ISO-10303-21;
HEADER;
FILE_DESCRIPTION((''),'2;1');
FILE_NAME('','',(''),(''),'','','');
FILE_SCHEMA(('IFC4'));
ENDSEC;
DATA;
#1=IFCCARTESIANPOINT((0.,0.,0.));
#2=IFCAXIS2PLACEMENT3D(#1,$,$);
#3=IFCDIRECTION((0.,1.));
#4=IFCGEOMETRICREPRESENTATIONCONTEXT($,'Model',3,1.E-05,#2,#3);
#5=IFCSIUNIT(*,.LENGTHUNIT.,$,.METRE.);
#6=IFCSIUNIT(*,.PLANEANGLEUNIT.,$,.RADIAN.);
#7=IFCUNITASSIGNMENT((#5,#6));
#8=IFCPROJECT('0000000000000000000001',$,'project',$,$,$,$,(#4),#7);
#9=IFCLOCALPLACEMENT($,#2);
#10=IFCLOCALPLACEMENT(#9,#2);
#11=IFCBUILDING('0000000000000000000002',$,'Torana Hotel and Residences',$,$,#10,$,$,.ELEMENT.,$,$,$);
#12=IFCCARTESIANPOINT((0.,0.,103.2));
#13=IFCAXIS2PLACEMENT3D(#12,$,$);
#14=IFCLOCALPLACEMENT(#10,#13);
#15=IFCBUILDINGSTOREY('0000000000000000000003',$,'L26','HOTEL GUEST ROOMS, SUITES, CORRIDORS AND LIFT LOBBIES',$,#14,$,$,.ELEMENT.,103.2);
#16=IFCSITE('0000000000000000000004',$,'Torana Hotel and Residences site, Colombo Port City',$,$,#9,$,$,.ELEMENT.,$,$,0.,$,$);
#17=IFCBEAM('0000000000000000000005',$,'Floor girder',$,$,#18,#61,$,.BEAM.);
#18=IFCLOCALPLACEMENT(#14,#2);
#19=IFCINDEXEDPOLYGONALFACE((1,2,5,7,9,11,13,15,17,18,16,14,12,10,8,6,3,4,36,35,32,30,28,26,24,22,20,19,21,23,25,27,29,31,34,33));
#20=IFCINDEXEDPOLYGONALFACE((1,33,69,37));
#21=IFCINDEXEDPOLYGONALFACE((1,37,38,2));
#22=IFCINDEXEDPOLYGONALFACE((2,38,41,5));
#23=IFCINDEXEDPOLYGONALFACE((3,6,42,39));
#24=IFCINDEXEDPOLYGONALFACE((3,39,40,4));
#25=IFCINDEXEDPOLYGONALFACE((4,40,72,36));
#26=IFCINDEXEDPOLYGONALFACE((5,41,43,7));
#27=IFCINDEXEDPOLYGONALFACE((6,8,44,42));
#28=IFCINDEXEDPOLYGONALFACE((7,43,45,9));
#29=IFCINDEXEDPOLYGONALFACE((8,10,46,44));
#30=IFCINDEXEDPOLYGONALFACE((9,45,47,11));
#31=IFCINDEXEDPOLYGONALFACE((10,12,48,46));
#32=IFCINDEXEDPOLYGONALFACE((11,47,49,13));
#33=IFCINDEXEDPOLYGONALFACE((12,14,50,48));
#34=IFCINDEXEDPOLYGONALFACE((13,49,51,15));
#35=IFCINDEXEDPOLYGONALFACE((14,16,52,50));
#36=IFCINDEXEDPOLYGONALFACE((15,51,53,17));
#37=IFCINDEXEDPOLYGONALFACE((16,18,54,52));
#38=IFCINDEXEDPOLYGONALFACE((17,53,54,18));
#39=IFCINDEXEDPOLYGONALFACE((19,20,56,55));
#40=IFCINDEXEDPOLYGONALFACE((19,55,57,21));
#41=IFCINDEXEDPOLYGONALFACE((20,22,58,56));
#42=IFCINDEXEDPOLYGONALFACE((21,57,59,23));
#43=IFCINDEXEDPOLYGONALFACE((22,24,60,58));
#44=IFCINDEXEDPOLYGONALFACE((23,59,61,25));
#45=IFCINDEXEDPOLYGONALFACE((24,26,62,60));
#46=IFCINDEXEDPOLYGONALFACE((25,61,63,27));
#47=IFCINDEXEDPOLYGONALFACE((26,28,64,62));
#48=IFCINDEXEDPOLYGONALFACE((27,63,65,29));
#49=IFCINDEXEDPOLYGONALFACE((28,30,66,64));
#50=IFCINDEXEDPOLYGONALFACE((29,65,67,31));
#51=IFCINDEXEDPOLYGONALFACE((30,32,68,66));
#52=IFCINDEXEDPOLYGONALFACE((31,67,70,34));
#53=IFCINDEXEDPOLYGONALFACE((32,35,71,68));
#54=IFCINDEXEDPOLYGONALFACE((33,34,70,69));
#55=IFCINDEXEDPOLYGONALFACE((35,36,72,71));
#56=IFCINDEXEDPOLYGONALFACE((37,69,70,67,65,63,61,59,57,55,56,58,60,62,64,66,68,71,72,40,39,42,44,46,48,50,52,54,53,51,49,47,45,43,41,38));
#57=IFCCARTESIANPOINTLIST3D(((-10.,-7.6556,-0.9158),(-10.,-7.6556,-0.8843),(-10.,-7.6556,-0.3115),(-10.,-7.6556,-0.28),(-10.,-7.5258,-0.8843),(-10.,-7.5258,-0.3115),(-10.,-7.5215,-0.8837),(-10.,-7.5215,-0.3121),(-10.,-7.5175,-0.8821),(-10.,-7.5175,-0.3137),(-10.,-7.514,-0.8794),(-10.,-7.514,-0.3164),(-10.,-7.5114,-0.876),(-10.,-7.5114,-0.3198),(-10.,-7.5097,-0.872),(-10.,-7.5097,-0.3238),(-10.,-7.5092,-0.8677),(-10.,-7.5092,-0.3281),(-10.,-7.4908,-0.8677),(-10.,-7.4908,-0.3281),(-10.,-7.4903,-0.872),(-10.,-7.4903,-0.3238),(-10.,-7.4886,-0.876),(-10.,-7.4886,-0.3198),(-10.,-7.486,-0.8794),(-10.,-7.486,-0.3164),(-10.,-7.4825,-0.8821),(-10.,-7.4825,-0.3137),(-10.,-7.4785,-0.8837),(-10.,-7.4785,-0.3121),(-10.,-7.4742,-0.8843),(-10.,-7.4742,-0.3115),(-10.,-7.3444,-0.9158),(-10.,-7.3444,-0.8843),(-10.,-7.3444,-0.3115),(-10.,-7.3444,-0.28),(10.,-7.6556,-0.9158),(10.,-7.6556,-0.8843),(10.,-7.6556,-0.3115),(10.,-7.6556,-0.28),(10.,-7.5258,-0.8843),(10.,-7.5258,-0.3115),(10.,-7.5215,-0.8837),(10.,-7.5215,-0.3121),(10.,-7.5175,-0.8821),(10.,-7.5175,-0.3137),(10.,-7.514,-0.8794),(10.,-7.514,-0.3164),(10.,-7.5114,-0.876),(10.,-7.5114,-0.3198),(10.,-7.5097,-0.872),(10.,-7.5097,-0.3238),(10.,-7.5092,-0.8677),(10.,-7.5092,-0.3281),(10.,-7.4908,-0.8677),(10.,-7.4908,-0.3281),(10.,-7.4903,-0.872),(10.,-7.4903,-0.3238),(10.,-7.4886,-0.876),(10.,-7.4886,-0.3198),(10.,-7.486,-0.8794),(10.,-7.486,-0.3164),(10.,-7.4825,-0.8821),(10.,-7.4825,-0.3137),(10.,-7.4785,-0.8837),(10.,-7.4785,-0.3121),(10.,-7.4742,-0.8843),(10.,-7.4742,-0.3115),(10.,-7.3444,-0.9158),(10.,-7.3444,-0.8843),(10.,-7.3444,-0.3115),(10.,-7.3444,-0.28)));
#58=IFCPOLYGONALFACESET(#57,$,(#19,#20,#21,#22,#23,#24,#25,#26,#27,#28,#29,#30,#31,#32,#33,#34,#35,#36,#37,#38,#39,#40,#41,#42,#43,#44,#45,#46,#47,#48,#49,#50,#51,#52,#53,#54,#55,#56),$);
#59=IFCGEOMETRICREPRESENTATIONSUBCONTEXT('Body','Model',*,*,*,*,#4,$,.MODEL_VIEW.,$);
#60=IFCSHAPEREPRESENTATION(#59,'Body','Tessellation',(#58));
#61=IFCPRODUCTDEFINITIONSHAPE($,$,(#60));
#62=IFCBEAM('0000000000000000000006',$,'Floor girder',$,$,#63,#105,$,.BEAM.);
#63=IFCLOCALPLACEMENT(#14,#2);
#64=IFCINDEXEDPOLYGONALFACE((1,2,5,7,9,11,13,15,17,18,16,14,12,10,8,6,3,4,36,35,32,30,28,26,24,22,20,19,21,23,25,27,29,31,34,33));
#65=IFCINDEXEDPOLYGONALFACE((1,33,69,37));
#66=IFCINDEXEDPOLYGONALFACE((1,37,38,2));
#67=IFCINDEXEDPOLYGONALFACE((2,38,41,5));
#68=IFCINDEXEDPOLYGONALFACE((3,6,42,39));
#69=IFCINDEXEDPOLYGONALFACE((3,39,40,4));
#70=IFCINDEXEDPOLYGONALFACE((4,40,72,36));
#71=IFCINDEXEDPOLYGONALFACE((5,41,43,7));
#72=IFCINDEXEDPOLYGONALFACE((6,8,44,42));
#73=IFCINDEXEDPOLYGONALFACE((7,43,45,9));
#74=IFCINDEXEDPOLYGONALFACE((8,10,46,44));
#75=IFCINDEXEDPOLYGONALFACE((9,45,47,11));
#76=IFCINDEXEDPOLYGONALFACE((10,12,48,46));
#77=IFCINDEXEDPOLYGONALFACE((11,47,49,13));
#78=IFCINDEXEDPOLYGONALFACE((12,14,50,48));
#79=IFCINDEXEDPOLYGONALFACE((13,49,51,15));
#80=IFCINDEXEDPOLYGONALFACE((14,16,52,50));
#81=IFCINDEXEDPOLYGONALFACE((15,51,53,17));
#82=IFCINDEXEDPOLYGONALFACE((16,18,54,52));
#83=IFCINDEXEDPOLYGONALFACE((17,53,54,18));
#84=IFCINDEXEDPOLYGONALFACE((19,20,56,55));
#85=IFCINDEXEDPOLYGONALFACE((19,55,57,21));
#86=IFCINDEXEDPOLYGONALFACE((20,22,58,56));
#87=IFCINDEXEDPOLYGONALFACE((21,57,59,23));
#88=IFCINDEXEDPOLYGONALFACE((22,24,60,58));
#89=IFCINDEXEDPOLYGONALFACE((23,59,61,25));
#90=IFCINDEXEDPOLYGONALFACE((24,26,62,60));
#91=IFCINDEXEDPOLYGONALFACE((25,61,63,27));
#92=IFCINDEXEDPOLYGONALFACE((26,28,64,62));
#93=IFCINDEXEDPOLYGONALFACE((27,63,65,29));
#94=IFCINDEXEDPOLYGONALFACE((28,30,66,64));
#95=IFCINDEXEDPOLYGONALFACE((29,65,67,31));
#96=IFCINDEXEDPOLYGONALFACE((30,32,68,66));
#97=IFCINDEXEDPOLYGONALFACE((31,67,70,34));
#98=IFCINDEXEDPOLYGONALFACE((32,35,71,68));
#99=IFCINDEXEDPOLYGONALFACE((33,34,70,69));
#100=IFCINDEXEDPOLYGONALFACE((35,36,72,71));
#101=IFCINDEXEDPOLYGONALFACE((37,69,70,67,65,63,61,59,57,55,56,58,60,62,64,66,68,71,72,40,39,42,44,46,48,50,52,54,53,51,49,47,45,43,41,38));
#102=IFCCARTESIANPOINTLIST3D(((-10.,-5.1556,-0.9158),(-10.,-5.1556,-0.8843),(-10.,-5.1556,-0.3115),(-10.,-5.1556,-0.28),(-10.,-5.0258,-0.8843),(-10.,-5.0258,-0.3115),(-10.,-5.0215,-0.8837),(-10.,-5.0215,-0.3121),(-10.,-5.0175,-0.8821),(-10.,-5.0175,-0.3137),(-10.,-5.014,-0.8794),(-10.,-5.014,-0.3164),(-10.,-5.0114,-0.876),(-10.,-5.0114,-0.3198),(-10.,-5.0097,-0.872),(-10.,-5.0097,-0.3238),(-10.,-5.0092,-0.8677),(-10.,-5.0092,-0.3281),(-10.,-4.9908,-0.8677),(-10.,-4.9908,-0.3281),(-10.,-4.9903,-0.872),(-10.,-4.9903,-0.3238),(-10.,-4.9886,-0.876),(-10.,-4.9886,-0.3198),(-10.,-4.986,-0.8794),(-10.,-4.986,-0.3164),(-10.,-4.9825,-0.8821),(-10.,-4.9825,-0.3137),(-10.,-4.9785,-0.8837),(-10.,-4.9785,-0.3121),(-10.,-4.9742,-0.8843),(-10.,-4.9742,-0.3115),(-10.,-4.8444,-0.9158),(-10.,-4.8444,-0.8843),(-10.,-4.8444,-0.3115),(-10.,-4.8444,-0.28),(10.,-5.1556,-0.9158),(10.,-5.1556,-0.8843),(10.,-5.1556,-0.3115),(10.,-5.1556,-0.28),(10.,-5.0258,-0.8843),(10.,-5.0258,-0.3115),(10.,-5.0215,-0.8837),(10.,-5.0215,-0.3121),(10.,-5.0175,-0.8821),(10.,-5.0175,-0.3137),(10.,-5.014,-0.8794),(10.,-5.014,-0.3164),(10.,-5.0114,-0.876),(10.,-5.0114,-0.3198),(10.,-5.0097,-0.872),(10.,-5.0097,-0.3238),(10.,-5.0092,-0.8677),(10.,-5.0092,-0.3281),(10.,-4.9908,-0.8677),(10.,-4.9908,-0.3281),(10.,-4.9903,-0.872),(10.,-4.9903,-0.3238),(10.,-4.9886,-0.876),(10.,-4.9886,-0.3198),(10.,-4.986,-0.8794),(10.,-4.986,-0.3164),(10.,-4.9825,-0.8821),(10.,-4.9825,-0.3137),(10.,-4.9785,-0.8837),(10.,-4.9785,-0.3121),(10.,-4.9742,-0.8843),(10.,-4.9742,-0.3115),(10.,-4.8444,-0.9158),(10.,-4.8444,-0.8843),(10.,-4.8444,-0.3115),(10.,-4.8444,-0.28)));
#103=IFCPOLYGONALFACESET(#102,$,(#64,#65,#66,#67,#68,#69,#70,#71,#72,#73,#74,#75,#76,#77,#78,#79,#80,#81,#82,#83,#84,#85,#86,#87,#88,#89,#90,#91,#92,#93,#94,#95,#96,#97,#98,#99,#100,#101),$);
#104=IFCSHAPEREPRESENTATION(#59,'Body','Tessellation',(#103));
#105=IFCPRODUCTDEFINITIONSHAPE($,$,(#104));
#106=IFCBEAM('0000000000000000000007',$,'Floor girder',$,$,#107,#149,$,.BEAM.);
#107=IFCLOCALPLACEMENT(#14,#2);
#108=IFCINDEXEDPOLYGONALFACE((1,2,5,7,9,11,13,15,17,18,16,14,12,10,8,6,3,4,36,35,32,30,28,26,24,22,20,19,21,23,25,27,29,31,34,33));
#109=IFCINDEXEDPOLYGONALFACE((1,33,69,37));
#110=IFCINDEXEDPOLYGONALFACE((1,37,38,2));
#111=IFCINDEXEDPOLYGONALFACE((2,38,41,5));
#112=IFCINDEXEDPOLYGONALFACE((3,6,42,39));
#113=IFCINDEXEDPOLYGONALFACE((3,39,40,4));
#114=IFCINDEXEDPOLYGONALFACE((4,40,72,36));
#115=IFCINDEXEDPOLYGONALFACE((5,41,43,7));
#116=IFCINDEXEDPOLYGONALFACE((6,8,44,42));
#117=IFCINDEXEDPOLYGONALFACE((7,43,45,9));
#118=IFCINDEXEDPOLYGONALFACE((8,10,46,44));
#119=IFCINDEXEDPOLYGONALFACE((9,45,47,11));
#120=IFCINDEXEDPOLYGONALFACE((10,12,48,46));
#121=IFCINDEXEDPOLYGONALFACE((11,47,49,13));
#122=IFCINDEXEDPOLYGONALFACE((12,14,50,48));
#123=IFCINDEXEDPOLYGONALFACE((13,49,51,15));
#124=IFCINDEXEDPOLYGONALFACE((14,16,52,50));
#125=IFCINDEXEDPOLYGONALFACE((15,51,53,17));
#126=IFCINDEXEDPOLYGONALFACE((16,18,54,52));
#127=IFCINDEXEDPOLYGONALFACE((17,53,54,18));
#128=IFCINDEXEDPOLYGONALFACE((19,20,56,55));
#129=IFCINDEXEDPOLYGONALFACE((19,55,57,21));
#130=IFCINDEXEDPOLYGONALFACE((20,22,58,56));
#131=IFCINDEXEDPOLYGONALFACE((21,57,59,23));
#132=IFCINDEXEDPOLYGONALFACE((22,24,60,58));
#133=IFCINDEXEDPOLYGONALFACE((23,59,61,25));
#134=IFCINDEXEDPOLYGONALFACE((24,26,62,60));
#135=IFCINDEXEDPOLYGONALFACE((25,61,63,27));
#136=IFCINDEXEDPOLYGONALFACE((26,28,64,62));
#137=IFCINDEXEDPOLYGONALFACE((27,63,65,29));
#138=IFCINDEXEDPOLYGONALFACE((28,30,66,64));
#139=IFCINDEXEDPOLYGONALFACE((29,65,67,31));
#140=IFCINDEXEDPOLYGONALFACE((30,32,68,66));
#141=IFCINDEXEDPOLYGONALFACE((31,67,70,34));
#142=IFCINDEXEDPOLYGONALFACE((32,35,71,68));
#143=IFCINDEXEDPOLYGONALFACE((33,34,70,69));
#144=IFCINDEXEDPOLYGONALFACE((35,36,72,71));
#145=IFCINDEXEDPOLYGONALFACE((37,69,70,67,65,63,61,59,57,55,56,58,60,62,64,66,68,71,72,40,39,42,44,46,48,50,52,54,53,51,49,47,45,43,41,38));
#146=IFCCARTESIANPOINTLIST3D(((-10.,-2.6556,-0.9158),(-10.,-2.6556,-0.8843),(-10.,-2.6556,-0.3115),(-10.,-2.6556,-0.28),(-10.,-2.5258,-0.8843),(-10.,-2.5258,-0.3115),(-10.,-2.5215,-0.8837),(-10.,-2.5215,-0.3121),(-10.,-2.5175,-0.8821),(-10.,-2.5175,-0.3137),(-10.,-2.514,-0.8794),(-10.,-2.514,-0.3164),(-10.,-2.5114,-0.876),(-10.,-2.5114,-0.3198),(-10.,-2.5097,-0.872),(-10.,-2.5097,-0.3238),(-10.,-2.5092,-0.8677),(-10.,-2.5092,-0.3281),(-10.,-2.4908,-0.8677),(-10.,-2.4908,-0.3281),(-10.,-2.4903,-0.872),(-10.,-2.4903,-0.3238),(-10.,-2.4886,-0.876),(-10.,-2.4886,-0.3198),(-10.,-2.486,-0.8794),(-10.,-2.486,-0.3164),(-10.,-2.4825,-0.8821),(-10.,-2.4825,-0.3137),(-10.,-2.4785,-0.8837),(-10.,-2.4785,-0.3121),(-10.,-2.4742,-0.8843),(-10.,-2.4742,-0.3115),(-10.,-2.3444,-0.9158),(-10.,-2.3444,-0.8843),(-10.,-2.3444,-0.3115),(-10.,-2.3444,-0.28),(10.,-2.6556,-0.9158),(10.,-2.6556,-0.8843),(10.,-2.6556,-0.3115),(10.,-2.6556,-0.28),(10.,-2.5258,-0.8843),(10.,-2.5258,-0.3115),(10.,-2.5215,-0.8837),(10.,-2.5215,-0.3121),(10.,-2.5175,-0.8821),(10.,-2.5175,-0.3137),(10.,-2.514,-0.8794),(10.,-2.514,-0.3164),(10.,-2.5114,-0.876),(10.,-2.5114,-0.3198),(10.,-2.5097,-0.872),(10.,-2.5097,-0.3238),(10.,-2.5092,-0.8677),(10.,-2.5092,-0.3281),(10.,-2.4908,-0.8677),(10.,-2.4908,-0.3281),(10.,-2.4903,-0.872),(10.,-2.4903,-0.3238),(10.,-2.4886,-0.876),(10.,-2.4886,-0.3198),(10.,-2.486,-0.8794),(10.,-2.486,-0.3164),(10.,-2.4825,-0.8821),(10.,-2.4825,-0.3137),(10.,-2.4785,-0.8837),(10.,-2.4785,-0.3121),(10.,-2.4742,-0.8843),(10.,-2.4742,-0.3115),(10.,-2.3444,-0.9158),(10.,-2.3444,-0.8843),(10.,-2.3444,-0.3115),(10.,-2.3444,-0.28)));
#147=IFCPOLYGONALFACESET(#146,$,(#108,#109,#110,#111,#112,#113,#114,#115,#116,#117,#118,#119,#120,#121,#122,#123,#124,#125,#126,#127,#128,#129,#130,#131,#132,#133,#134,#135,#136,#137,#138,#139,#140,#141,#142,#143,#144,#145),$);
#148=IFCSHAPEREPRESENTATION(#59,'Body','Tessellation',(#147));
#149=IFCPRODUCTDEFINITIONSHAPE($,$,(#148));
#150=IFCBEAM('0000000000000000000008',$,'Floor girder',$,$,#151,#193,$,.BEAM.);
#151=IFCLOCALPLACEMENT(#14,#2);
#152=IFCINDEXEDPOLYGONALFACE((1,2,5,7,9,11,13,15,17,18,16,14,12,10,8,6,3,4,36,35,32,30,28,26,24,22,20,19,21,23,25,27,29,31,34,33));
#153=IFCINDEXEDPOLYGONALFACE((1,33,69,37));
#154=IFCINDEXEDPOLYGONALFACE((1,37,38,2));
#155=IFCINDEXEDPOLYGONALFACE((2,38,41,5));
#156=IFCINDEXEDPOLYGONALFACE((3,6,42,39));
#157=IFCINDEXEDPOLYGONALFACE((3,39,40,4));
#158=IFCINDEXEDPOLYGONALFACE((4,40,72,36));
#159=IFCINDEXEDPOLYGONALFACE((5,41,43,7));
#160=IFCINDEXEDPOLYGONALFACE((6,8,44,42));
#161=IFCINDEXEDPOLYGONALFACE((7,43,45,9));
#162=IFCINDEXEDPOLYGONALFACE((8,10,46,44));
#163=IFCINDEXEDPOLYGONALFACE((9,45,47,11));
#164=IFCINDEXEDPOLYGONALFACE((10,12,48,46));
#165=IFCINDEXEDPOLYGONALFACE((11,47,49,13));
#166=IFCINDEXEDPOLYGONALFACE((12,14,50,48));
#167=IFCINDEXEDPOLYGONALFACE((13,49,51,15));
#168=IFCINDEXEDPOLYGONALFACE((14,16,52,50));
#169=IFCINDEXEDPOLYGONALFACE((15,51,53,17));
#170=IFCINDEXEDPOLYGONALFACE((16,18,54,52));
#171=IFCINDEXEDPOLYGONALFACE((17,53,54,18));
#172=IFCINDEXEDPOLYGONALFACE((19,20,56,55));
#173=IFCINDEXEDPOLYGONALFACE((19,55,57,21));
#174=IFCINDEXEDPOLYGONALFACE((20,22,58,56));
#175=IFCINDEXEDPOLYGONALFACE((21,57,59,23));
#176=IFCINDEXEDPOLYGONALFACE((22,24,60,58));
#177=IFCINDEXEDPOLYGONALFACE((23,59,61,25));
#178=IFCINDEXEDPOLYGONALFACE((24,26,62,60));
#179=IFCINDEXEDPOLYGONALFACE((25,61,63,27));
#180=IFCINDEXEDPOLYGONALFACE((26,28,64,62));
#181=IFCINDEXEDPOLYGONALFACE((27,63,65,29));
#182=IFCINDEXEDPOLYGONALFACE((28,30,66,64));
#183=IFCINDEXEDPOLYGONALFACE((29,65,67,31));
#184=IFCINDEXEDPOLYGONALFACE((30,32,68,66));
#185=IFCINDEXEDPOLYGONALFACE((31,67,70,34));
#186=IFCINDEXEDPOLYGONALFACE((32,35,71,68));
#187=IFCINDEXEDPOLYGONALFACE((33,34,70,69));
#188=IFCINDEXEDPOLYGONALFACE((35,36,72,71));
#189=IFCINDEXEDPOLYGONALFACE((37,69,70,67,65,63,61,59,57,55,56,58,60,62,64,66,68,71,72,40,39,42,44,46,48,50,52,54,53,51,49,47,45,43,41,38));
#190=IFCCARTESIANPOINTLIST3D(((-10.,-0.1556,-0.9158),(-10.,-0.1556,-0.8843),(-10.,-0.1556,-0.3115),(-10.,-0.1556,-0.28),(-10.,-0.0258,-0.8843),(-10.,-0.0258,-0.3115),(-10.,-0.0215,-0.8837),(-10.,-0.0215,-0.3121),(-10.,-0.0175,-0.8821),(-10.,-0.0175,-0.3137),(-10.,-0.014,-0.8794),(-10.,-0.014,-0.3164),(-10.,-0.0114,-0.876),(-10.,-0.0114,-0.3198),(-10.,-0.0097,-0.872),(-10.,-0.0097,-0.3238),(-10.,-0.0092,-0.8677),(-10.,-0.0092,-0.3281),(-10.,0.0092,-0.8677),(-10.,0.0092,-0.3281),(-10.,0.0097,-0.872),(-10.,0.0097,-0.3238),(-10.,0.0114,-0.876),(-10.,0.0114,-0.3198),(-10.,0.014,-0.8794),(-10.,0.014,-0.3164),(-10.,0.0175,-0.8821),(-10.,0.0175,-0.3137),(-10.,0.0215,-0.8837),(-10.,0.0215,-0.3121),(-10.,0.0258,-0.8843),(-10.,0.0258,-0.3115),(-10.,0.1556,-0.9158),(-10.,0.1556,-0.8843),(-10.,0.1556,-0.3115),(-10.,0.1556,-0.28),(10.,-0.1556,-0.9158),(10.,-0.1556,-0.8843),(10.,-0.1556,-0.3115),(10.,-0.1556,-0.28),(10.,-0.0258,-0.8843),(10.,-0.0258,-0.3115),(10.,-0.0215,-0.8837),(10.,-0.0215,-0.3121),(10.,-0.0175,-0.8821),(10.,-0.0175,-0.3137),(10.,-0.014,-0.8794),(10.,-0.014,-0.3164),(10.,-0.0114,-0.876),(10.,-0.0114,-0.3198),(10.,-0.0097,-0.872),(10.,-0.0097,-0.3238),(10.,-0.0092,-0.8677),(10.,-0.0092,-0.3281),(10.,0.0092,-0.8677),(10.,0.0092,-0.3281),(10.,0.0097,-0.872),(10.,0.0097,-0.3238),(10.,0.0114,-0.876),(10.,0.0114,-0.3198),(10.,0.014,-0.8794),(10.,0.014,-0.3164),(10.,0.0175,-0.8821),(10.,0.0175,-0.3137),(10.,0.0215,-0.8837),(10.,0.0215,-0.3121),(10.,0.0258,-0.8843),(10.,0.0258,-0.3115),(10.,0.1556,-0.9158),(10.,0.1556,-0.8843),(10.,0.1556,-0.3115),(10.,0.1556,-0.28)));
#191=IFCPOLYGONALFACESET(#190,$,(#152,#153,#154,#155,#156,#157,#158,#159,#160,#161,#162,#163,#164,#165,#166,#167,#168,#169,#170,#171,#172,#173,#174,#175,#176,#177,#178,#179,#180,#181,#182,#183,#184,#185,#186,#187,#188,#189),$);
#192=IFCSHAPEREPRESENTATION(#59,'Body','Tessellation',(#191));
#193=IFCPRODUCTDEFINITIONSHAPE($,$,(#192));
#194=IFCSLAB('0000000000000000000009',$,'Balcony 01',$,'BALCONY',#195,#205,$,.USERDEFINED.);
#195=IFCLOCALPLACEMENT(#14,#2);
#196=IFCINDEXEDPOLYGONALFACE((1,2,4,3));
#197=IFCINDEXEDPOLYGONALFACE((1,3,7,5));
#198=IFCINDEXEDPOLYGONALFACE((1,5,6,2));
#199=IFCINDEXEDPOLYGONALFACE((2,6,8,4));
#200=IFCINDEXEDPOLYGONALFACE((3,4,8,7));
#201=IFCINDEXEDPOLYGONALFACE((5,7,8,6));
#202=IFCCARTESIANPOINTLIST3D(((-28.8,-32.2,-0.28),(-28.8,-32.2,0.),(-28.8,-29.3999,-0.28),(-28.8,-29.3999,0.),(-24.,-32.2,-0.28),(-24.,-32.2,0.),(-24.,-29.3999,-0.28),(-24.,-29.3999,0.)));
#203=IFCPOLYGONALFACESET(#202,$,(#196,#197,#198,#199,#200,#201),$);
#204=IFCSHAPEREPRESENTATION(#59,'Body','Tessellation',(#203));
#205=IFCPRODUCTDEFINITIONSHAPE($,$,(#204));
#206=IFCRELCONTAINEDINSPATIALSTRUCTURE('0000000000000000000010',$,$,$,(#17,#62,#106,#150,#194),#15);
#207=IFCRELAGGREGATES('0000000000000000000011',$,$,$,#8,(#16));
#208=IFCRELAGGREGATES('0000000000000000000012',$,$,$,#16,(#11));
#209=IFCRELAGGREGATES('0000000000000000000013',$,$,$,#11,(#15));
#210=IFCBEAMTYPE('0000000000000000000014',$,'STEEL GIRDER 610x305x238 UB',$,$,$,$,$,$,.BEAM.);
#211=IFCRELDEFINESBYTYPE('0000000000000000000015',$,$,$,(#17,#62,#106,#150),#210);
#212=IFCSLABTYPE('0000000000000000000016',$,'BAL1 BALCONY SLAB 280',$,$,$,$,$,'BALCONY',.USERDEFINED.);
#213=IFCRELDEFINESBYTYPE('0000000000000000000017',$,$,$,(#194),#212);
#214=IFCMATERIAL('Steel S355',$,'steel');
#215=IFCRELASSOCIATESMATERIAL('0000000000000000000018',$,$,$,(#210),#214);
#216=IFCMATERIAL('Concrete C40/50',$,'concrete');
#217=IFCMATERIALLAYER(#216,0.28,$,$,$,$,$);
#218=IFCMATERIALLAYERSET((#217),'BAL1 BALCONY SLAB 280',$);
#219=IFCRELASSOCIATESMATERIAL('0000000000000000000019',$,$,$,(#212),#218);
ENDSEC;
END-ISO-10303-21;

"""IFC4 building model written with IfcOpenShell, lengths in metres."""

from ifc_helpers import new_model, si_unit, direction, frame, origin, origin_2d, place, context, subcontext, project, spatial, polyline, i_section, outline, extrude, material, layer, layer_set, material_profile, profile_set, type_object, element, save


model = new_model("IFC4")

# Units and contexts
model_context = context("Model", 3, precision=1e-05, world=origin(), true_north=direction((0.0, 1.0)))
body_context = subcontext(model_context, "Body", "Model", "MODEL_VIEW")
ifc_project = project(units=[si_unit("LENGTHUNIT", "METRE"), si_unit("PLANEANGLEUNIT", "RADIAN")], contexts=[model_context])

# Site, building, storey
site_placement = place(None, origin())
site = spatial("IfcSite", under=ifc_project, at=site_placement, Name="Torana Hotel and Residences site, Colombo Port City", CompositionType="ELEMENT", RefElevation=0.0)
building_placement = place(site_placement, origin())
building = spatial("IfcBuilding", under=site, at=building_placement, Name="Torana Hotel and Residences", CompositionType="ELEMENT")
storey_placement = place(building_placement, frame((0.0, 0.0, 103.2)))
storey = spatial("IfcBuildingStorey", under=building, at=storey_placement, Name="L26", Description="HOTEL GUEST ROOMS, SUITES, CORRIDORS AND LIFT LOBBIES", CompositionType="ELEMENT", Elevation=103.2)

# Beams
ifc_material_1 = material(Name="Steel S355", Category="steel")
ifc_material_profile = material_profile(ifc_material_1, i_section(OverallWidth=0.3113, OverallDepth=0.6357, WebThickness=0.0183, FlangeThickness=0.0315, FilletRadius=0.0166, at=origin_2d()), Name="610x305x238 UB")
ifc_profile_set = profile_set([ifc_material_profile], Name="Steel S355")
beam_type = type_object("IfcBeamType", Name="STEEL GIRDER 610x305x238 UB", PredefinedType="BEAM", material=ifc_profile_set)
for number, where, z_axis, x_axis, name in (
    (1, (-10.0, -7.5, -0.5979), (1.0, 0.0, 0.0), (0.0, 1.0, 0.0), "Floor girder"),
    (2, (-10.0, -5.0, -0.5979), (1.0, 0.0, 0.0), (0.0, 1.0, 0.0), "Floor girder"),
    (3, (-10.0, -2.5, -0.5979), (1.0, 0.0, 0.0), (0.0, 1.0, 0.0), "Floor girder"),
    (4, (-10.0, 0.0, -0.5979), (1.0, 0.0, 0.0), (0.0, 1.0, 0.0), "Floor girder"),
):
    element("IfcBeam", number, at=place(storey_placement, frame(where, z_axis=z_axis, x_axis=x_axis)), inside=storey, type_object=beam_type, Name=name, PredefinedType="BEAM", context=body_context, shape_type="SweptSolid", body=[
        extrude(i_section(OverallWidth=0.3113, OverallDepth=0.6357, WebThickness=0.0183, FlangeThickness=0.0315, FilletRadius=0.0166, at=origin_2d()), origin(), (0.0, 0.0, 1.0), 20.0),
    ])

# Slab
ifc_material_2 = material(Name="Concrete C40/50", Category="concrete")
ifc_layer_1 = layer(ifc_material_2, 0.28)
ifc_layer_set_1 = layer_set([ifc_layer_1], Name="BAL1 BALCONY SLAB 280")
slab_type_1 = type_object("IfcSlabType", Name="BAL1 BALCONY SLAB 280", ElementType="BALCONY", PredefinedType="USERDEFINED", material=ifc_layer_set_1)
slab_1_placement = place(storey_placement, frame((0.0, 0.0, -0.28)))
element("IfcSlab", 5, at=slab_1_placement, inside=storey, type_object=slab_type_1, Name="Balcony 01", ObjectType="BALCONY", PredefinedType="USERDEFINED", context=body_context, shape_type="SweptSolid", body=[
    extrude(outline(polyline([(-28.8, -32.2), (-24.0, -32.2), (-24.0, -29.3999), (-28.8, -29.3999), (-28.8, -32.2)])), origin(), (0.0, 0.0, 1.0), 0.28),
])

save(model, "model.ifc")
